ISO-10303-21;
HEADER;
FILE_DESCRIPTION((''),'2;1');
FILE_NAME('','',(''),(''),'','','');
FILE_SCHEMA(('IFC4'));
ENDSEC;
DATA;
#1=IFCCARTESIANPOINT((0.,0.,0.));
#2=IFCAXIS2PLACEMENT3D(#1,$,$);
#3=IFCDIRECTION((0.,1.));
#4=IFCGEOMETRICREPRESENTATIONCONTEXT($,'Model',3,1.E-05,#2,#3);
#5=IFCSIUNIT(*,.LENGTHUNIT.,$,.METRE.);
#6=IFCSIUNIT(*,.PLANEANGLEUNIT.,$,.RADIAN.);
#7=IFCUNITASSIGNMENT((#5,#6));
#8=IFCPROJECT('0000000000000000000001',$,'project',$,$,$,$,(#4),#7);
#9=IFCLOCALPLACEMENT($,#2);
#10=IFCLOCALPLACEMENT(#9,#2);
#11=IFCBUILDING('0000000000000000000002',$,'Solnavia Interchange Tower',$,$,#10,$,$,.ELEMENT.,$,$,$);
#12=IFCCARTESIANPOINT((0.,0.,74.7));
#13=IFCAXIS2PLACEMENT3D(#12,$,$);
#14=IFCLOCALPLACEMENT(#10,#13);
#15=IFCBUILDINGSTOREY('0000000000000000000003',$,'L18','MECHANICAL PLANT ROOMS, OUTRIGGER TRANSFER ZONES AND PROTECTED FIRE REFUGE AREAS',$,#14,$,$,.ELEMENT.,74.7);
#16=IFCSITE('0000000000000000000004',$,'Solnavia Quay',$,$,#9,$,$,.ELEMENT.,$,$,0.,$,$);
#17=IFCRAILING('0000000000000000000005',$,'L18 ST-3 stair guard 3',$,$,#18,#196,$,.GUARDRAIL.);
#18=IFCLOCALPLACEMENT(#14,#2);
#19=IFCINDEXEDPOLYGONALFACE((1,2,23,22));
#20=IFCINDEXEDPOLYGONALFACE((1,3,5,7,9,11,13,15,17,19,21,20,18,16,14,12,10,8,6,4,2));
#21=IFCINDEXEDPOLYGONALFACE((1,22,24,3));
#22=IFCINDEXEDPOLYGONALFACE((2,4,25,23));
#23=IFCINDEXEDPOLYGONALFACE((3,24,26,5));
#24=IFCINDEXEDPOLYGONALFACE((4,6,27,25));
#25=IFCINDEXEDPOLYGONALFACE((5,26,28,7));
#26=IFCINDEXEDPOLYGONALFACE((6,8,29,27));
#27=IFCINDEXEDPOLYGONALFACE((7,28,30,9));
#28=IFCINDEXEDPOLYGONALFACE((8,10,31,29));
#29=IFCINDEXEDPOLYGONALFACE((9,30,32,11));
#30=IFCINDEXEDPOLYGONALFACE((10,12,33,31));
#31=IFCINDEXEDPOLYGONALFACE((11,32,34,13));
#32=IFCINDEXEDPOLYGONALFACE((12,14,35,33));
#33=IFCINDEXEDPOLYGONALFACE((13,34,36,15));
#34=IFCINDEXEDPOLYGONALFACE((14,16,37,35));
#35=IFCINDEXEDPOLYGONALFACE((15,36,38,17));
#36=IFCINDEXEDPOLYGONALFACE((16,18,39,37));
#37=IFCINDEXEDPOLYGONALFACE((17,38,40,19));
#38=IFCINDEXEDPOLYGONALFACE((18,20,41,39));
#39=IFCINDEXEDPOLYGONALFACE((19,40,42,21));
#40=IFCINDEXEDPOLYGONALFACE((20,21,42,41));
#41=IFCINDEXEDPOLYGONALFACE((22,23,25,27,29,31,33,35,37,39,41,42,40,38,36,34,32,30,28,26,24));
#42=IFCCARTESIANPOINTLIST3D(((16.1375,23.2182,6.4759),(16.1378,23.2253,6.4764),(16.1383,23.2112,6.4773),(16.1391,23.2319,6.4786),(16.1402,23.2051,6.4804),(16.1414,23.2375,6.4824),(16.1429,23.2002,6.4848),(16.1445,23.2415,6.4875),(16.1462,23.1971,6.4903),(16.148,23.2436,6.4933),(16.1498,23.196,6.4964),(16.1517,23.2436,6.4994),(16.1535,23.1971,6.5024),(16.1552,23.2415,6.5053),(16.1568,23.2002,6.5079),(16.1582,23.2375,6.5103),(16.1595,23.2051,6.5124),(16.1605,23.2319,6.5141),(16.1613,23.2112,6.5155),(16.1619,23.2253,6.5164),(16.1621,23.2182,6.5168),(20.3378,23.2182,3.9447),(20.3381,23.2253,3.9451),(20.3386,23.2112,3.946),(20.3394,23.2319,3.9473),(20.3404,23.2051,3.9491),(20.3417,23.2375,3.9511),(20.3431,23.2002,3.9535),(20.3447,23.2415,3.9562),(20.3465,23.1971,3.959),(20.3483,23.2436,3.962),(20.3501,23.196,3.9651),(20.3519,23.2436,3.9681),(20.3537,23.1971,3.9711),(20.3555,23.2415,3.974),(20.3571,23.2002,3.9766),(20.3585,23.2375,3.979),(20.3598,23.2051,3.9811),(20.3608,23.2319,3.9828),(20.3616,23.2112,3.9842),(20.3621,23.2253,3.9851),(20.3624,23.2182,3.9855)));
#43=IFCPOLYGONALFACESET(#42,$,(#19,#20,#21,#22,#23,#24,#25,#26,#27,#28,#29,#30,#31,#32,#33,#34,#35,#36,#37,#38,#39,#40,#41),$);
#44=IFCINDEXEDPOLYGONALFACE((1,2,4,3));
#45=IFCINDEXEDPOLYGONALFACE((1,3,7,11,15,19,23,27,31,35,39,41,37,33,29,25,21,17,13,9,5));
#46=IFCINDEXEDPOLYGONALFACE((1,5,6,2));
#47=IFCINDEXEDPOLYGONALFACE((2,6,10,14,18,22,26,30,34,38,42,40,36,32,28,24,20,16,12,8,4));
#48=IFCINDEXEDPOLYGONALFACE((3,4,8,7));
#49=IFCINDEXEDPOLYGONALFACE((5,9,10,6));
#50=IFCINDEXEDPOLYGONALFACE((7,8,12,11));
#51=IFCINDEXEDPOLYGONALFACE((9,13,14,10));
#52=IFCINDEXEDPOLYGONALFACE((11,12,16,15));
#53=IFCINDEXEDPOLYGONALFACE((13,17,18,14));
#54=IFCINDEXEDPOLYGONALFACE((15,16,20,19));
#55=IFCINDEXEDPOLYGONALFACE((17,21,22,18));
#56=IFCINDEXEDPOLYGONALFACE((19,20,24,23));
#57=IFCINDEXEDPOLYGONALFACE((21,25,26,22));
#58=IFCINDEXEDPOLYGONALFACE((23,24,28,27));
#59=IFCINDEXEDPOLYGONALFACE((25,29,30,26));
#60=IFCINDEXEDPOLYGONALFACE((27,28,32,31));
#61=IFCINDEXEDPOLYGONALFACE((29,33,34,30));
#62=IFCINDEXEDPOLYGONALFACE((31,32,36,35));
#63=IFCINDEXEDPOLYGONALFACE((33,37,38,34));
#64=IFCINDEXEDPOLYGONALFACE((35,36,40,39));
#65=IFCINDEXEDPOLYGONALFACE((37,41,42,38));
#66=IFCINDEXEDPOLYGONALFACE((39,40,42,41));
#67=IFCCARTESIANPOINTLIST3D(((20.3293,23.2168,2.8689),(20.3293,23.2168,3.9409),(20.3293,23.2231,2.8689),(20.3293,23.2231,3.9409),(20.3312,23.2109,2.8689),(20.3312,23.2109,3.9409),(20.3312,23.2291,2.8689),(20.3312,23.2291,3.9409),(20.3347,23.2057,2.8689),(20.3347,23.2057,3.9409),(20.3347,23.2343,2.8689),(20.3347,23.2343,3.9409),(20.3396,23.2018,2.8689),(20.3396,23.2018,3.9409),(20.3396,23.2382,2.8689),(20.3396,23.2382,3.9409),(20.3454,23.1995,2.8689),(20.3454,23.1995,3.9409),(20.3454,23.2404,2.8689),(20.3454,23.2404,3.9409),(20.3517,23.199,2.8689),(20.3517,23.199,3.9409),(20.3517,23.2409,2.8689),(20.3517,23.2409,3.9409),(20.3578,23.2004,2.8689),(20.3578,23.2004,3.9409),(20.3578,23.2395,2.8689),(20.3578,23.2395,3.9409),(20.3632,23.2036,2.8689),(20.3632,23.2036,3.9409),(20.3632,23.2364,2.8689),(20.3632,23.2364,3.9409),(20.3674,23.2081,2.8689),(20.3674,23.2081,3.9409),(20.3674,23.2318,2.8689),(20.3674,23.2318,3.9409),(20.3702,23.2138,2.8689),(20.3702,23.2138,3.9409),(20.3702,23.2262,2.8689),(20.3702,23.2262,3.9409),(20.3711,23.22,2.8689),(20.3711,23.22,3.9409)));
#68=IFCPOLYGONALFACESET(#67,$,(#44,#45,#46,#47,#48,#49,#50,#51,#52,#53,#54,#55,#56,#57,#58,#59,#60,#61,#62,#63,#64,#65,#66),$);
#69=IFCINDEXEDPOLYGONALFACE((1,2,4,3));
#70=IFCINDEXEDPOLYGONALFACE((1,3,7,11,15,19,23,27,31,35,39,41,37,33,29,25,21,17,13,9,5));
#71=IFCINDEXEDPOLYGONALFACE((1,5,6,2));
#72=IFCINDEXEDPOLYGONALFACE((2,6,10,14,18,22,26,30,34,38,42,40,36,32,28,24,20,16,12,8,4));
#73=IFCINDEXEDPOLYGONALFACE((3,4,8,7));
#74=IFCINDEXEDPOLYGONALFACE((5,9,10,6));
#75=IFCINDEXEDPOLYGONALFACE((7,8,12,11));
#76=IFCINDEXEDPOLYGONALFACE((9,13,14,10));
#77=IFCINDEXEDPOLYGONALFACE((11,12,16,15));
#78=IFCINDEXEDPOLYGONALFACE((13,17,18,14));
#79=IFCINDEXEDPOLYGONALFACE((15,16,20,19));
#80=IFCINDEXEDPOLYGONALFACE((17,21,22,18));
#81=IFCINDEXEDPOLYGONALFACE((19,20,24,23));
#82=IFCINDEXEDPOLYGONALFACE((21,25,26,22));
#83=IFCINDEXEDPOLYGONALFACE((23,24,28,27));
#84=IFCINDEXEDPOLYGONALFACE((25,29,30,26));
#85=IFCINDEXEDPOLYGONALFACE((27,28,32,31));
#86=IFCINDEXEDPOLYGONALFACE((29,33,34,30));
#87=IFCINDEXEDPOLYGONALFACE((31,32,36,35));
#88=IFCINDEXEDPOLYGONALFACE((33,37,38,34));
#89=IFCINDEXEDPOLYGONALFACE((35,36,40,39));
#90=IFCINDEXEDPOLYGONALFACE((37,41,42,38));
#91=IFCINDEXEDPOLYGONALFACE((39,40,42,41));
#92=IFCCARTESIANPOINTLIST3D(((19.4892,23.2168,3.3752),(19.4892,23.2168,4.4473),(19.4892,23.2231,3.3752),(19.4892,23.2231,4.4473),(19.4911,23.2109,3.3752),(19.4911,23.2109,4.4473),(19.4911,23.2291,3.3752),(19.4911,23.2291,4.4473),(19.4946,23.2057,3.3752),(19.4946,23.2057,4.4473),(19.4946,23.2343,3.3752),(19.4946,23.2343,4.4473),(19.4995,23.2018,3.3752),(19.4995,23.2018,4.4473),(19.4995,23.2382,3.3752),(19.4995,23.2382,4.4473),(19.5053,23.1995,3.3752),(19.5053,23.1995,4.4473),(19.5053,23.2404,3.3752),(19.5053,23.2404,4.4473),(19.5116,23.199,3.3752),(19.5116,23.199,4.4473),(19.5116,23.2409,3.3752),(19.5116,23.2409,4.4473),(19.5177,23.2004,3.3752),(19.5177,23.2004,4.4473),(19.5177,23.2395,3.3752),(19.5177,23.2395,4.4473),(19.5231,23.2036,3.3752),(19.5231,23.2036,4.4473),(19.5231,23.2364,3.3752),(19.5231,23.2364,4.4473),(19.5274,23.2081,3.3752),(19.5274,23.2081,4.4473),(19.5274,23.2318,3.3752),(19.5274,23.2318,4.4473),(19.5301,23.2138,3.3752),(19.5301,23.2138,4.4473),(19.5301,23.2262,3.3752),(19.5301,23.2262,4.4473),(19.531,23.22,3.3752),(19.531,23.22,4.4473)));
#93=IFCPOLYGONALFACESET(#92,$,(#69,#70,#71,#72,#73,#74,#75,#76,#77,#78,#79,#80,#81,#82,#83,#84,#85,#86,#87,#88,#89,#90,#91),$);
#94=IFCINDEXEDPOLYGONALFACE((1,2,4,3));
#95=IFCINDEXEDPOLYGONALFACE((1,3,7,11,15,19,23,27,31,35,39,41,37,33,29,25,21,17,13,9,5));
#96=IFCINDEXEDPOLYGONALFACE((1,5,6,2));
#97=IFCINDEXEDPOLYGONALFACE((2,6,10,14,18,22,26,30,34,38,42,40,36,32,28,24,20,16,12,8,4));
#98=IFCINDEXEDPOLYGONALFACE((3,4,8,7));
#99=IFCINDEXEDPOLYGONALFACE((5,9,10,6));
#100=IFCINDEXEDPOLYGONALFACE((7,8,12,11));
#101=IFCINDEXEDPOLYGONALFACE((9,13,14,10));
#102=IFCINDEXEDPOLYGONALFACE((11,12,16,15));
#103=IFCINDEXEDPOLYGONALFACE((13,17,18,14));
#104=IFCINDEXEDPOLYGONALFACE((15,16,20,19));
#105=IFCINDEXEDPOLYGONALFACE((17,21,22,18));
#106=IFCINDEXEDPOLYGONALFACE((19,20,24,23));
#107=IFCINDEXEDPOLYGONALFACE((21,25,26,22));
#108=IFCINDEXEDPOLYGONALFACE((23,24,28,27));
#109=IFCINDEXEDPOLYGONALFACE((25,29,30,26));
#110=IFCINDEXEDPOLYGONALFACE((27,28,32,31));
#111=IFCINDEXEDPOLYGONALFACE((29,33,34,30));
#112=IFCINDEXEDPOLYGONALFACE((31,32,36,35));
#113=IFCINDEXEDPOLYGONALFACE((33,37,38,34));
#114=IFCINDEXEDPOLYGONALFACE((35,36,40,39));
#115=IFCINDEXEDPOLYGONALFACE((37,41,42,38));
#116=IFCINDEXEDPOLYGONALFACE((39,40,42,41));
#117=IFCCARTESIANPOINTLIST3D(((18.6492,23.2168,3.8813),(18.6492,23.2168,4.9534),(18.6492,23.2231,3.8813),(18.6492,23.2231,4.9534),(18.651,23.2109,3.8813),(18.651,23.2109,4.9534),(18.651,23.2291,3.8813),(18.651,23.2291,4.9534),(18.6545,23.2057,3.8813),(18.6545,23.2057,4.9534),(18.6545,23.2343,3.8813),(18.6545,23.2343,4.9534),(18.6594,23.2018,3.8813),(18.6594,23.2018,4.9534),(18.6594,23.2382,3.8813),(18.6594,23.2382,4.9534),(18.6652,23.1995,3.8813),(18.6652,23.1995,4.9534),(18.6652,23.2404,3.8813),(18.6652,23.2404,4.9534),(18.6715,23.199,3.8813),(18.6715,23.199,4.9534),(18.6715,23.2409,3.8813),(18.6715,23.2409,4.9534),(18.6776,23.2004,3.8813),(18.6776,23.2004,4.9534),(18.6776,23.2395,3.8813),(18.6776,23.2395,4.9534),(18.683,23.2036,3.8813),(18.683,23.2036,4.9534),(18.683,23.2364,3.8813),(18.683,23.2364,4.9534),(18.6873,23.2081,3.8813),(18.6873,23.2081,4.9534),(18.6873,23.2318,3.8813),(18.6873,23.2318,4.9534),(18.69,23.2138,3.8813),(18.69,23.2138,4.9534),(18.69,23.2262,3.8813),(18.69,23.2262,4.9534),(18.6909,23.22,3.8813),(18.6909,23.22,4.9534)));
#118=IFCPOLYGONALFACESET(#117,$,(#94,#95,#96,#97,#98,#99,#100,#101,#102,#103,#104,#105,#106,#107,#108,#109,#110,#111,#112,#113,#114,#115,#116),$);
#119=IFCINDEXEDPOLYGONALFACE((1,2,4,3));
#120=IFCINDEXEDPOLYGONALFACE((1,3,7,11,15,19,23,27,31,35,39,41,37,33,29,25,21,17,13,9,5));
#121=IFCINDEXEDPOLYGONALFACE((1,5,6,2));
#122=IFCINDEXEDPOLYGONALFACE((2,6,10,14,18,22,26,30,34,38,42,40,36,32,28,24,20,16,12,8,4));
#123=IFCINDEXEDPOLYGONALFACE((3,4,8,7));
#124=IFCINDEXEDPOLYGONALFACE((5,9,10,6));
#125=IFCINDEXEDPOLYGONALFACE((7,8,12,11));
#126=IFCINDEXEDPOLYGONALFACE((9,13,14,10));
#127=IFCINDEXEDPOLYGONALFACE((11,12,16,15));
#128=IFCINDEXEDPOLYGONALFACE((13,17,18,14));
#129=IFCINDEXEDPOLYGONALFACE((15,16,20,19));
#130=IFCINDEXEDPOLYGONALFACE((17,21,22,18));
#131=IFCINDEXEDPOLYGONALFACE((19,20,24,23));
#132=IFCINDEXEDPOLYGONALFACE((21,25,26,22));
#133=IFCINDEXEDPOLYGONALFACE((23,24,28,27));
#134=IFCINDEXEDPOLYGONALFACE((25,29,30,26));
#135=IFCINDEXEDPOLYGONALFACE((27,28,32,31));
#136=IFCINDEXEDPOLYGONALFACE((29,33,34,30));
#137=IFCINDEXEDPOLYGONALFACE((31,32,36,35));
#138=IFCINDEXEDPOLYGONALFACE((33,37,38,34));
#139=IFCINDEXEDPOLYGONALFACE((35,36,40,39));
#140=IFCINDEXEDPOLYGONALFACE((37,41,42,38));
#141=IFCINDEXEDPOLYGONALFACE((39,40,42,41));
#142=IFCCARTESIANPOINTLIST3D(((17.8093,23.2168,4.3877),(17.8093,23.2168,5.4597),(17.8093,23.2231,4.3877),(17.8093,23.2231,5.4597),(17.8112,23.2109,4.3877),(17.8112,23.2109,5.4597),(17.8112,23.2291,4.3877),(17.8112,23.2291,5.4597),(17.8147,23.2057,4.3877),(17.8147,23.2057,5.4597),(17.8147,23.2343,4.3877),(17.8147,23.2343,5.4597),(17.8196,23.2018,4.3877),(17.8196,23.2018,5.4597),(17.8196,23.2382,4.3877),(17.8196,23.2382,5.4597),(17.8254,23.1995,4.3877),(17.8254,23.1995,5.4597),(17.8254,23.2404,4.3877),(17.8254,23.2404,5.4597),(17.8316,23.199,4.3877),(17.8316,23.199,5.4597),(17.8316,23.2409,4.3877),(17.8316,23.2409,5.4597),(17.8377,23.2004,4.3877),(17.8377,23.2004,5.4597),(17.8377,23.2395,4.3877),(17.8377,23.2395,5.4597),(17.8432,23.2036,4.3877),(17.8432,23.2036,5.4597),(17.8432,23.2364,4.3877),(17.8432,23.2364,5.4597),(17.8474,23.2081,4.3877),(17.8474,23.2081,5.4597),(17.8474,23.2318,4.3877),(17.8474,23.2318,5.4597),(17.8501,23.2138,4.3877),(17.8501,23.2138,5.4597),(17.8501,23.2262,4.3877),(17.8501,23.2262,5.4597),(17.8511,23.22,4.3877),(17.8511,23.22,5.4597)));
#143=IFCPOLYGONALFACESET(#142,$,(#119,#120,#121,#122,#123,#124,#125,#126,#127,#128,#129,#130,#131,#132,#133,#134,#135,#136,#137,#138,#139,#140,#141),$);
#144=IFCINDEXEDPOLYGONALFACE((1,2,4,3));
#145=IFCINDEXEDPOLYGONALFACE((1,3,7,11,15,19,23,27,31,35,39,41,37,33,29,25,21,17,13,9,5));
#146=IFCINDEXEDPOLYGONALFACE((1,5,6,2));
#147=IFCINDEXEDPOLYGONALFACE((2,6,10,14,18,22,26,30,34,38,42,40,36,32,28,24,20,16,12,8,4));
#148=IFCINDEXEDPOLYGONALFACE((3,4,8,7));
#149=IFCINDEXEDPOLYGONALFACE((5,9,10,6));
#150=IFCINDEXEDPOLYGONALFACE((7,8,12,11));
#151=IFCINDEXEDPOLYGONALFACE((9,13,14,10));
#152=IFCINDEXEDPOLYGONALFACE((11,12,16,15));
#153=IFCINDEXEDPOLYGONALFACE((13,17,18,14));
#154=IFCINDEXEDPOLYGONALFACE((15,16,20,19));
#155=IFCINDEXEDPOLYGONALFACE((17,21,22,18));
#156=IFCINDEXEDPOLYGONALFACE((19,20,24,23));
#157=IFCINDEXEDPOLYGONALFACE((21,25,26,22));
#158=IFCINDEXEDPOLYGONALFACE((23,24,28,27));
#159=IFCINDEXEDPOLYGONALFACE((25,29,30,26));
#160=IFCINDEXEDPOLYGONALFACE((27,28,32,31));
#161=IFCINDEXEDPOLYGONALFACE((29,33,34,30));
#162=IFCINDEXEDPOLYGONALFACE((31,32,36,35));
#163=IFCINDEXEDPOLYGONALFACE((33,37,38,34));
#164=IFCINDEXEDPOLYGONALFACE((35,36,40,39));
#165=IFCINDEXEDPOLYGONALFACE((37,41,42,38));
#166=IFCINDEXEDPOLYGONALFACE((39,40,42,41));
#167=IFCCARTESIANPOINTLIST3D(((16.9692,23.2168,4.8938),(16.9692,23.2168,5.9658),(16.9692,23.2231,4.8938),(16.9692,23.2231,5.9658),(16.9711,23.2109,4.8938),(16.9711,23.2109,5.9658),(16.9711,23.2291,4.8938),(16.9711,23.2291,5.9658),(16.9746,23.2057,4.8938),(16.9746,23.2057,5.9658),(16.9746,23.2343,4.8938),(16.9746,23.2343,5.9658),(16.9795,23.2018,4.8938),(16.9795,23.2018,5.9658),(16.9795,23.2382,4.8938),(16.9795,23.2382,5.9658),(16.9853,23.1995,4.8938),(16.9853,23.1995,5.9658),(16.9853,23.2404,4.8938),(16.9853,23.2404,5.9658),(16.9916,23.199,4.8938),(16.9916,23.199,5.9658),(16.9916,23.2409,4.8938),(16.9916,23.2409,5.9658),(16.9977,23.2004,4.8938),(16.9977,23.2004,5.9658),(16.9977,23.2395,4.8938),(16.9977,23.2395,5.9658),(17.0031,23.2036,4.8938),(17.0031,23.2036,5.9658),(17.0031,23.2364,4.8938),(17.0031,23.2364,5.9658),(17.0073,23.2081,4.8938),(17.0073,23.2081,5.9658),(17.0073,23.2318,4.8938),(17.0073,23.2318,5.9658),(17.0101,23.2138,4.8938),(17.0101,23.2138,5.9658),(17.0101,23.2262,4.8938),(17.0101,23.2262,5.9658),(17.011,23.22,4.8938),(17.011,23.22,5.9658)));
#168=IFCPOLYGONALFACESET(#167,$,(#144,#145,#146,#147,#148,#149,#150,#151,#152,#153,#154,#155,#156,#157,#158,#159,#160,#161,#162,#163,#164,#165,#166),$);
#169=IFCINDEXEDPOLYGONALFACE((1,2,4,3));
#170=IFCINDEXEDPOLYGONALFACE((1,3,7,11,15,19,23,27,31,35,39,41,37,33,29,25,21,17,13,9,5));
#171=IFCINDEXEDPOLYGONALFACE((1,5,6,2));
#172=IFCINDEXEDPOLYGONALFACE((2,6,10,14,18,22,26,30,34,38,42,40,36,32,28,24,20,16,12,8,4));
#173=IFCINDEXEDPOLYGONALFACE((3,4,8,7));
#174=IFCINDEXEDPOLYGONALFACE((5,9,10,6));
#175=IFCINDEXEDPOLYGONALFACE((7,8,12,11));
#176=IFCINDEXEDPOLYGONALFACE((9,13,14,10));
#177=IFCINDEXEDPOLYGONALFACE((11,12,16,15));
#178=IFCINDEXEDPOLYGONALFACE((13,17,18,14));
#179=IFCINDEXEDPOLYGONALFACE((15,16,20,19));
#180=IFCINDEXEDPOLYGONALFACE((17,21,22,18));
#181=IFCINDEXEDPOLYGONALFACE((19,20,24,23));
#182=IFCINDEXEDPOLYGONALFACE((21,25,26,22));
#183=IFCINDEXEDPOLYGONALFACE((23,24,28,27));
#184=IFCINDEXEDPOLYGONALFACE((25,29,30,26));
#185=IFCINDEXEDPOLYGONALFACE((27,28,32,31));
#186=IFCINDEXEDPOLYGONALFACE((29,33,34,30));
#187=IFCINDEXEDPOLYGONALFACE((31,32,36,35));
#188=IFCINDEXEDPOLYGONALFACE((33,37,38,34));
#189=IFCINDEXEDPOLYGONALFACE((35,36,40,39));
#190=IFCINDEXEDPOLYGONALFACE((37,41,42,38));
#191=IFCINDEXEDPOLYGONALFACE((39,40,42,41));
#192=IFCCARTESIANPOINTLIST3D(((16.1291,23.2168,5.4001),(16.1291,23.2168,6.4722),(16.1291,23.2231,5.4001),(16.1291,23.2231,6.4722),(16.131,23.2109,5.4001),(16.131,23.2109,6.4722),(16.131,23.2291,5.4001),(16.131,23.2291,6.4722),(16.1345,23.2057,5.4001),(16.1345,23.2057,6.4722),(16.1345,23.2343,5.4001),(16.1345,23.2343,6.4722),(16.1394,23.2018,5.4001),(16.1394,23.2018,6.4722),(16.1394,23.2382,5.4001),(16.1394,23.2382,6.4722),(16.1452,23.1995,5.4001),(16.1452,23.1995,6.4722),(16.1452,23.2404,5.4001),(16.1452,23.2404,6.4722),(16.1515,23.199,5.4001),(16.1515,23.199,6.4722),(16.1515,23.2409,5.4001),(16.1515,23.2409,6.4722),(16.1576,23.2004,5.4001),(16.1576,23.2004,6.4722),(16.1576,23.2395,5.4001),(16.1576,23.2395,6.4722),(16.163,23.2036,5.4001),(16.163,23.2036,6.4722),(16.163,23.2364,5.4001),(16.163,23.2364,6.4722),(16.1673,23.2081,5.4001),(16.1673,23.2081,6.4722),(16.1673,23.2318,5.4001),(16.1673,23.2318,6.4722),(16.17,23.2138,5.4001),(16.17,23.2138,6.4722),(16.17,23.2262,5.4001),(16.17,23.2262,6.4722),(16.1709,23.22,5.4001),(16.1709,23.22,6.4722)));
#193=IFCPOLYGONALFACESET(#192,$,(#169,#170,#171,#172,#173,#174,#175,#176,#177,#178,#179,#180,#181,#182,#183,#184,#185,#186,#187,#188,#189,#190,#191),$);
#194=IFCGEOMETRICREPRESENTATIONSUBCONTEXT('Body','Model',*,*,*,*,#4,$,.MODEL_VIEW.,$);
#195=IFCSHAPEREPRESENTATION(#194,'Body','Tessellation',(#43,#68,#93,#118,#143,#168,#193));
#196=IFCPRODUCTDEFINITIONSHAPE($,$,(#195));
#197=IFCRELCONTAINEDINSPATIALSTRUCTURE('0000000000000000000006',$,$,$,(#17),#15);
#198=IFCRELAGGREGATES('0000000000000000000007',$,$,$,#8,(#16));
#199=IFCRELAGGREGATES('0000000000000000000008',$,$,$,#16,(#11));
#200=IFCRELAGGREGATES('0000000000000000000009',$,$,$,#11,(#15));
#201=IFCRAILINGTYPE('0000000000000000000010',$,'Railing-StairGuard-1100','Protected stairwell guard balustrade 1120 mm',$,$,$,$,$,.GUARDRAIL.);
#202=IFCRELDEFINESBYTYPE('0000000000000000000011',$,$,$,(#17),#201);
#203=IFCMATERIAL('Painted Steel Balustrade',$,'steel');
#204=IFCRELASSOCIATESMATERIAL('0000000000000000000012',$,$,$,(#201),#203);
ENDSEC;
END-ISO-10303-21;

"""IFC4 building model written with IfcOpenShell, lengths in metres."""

from ifc_helpers import new_model, si_unit, direction, frame, origin, origin_2d, place, context, subcontext, project, spatial, circle, extrude, material, type_object, element, save


model = new_model("IFC4")

# Units and contexts
model_context = context("Model", 3, precision=1e-05, world=origin(), true_north=direction((0.0, 1.0)))
body_context = subcontext(model_context, "Body", "Model", "MODEL_VIEW")
ifc_project = project(units=[si_unit("LENGTHUNIT", "METRE"), si_unit("PLANEANGLEUNIT", "RADIAN")], contexts=[model_context])

# Site, building, storey
site_placement = place(None, origin())
site = spatial("IfcSite", under=ifc_project, at=site_placement, Name="Solnavia Quay", CompositionType="ELEMENT", RefElevation=0.0)
building_placement = place(site_placement, origin())
building = spatial("IfcBuilding", under=site, at=building_placement, Name="Solnavia Interchange Tower", CompositionType="ELEMENT")
storey_placement = place(building_placement, frame((0.0, 0.0, 74.7)))
storey = spatial("IfcBuildingStorey", under=building, at=storey_placement, Name="L18", Description="MECHANICAL PLANT ROOMS, OUTRIGGER TRANSFER ZONES AND PROTECTED FIRE REFUGE AREAS", CompositionType="ELEMENT", Elevation=74.7)

# Railing
ifc_material_1 = material(Name="Painted Steel Balustrade", Category="steel")
railing_type_1 = type_object("IfcRailingType", Name="Railing-StairGuard-1100", Description="Protected stairwell guard balustrade 1120 mm", PredefinedType="GUARDRAIL", material=ifc_material_1)
railing_1_placement = place(storey_placement, frame((20.3501, 23.22, 2.8689)))
element("IfcRailing", 1, at=railing_1_placement, inside=storey, type_object=railing_type_1, Name="L18 ST-3 stair guard 3", PredefinedType="GUARDRAIL", context=body_context, shape_type="SweptSolid", body=[
    extrude(circle(Radius=0.0239, at=origin_2d()), frame((0.0, 0.0, 1.0962), z_axis=(-0.85649, 0.0, 0.516164), x_axis=(0.0, -1.0, 0.0)), (0.0, 0.0, 1.0), 4.9041),
    extrude(circle(Radius=0.021, at=origin_2d()), origin(), (0.0, 0.0, 1.0), 1.072),
    extrude(circle(Radius=0.021, at=origin_2d()), frame((-0.8401, 0.0, 0.5063)), (0.0, 0.0, 1.0), 1.072),
    extrude(circle(Radius=0.021, at=origin_2d()), frame((-1.6802, 0.0, 1.0125)), (0.0, 0.0, 1.0), 1.072),
    extrude(circle(Radius=0.021, at=origin_2d()), frame((-2.52, 0.0, 1.5188)), (0.0, 0.0, 1.0), 1.072),
    extrude(circle(Radius=0.021, at=origin_2d()), frame((-3.3601, 0.0, 2.0249)), (0.0, 0.0, 1.0), 1.072),
    extrude(circle(Radius=0.021, at=origin_2d()), frame((-4.2002, 0.0, 2.5312)), (0.0, 0.0, 1.0), 1.072),
])

save(model, "model.ifc")
